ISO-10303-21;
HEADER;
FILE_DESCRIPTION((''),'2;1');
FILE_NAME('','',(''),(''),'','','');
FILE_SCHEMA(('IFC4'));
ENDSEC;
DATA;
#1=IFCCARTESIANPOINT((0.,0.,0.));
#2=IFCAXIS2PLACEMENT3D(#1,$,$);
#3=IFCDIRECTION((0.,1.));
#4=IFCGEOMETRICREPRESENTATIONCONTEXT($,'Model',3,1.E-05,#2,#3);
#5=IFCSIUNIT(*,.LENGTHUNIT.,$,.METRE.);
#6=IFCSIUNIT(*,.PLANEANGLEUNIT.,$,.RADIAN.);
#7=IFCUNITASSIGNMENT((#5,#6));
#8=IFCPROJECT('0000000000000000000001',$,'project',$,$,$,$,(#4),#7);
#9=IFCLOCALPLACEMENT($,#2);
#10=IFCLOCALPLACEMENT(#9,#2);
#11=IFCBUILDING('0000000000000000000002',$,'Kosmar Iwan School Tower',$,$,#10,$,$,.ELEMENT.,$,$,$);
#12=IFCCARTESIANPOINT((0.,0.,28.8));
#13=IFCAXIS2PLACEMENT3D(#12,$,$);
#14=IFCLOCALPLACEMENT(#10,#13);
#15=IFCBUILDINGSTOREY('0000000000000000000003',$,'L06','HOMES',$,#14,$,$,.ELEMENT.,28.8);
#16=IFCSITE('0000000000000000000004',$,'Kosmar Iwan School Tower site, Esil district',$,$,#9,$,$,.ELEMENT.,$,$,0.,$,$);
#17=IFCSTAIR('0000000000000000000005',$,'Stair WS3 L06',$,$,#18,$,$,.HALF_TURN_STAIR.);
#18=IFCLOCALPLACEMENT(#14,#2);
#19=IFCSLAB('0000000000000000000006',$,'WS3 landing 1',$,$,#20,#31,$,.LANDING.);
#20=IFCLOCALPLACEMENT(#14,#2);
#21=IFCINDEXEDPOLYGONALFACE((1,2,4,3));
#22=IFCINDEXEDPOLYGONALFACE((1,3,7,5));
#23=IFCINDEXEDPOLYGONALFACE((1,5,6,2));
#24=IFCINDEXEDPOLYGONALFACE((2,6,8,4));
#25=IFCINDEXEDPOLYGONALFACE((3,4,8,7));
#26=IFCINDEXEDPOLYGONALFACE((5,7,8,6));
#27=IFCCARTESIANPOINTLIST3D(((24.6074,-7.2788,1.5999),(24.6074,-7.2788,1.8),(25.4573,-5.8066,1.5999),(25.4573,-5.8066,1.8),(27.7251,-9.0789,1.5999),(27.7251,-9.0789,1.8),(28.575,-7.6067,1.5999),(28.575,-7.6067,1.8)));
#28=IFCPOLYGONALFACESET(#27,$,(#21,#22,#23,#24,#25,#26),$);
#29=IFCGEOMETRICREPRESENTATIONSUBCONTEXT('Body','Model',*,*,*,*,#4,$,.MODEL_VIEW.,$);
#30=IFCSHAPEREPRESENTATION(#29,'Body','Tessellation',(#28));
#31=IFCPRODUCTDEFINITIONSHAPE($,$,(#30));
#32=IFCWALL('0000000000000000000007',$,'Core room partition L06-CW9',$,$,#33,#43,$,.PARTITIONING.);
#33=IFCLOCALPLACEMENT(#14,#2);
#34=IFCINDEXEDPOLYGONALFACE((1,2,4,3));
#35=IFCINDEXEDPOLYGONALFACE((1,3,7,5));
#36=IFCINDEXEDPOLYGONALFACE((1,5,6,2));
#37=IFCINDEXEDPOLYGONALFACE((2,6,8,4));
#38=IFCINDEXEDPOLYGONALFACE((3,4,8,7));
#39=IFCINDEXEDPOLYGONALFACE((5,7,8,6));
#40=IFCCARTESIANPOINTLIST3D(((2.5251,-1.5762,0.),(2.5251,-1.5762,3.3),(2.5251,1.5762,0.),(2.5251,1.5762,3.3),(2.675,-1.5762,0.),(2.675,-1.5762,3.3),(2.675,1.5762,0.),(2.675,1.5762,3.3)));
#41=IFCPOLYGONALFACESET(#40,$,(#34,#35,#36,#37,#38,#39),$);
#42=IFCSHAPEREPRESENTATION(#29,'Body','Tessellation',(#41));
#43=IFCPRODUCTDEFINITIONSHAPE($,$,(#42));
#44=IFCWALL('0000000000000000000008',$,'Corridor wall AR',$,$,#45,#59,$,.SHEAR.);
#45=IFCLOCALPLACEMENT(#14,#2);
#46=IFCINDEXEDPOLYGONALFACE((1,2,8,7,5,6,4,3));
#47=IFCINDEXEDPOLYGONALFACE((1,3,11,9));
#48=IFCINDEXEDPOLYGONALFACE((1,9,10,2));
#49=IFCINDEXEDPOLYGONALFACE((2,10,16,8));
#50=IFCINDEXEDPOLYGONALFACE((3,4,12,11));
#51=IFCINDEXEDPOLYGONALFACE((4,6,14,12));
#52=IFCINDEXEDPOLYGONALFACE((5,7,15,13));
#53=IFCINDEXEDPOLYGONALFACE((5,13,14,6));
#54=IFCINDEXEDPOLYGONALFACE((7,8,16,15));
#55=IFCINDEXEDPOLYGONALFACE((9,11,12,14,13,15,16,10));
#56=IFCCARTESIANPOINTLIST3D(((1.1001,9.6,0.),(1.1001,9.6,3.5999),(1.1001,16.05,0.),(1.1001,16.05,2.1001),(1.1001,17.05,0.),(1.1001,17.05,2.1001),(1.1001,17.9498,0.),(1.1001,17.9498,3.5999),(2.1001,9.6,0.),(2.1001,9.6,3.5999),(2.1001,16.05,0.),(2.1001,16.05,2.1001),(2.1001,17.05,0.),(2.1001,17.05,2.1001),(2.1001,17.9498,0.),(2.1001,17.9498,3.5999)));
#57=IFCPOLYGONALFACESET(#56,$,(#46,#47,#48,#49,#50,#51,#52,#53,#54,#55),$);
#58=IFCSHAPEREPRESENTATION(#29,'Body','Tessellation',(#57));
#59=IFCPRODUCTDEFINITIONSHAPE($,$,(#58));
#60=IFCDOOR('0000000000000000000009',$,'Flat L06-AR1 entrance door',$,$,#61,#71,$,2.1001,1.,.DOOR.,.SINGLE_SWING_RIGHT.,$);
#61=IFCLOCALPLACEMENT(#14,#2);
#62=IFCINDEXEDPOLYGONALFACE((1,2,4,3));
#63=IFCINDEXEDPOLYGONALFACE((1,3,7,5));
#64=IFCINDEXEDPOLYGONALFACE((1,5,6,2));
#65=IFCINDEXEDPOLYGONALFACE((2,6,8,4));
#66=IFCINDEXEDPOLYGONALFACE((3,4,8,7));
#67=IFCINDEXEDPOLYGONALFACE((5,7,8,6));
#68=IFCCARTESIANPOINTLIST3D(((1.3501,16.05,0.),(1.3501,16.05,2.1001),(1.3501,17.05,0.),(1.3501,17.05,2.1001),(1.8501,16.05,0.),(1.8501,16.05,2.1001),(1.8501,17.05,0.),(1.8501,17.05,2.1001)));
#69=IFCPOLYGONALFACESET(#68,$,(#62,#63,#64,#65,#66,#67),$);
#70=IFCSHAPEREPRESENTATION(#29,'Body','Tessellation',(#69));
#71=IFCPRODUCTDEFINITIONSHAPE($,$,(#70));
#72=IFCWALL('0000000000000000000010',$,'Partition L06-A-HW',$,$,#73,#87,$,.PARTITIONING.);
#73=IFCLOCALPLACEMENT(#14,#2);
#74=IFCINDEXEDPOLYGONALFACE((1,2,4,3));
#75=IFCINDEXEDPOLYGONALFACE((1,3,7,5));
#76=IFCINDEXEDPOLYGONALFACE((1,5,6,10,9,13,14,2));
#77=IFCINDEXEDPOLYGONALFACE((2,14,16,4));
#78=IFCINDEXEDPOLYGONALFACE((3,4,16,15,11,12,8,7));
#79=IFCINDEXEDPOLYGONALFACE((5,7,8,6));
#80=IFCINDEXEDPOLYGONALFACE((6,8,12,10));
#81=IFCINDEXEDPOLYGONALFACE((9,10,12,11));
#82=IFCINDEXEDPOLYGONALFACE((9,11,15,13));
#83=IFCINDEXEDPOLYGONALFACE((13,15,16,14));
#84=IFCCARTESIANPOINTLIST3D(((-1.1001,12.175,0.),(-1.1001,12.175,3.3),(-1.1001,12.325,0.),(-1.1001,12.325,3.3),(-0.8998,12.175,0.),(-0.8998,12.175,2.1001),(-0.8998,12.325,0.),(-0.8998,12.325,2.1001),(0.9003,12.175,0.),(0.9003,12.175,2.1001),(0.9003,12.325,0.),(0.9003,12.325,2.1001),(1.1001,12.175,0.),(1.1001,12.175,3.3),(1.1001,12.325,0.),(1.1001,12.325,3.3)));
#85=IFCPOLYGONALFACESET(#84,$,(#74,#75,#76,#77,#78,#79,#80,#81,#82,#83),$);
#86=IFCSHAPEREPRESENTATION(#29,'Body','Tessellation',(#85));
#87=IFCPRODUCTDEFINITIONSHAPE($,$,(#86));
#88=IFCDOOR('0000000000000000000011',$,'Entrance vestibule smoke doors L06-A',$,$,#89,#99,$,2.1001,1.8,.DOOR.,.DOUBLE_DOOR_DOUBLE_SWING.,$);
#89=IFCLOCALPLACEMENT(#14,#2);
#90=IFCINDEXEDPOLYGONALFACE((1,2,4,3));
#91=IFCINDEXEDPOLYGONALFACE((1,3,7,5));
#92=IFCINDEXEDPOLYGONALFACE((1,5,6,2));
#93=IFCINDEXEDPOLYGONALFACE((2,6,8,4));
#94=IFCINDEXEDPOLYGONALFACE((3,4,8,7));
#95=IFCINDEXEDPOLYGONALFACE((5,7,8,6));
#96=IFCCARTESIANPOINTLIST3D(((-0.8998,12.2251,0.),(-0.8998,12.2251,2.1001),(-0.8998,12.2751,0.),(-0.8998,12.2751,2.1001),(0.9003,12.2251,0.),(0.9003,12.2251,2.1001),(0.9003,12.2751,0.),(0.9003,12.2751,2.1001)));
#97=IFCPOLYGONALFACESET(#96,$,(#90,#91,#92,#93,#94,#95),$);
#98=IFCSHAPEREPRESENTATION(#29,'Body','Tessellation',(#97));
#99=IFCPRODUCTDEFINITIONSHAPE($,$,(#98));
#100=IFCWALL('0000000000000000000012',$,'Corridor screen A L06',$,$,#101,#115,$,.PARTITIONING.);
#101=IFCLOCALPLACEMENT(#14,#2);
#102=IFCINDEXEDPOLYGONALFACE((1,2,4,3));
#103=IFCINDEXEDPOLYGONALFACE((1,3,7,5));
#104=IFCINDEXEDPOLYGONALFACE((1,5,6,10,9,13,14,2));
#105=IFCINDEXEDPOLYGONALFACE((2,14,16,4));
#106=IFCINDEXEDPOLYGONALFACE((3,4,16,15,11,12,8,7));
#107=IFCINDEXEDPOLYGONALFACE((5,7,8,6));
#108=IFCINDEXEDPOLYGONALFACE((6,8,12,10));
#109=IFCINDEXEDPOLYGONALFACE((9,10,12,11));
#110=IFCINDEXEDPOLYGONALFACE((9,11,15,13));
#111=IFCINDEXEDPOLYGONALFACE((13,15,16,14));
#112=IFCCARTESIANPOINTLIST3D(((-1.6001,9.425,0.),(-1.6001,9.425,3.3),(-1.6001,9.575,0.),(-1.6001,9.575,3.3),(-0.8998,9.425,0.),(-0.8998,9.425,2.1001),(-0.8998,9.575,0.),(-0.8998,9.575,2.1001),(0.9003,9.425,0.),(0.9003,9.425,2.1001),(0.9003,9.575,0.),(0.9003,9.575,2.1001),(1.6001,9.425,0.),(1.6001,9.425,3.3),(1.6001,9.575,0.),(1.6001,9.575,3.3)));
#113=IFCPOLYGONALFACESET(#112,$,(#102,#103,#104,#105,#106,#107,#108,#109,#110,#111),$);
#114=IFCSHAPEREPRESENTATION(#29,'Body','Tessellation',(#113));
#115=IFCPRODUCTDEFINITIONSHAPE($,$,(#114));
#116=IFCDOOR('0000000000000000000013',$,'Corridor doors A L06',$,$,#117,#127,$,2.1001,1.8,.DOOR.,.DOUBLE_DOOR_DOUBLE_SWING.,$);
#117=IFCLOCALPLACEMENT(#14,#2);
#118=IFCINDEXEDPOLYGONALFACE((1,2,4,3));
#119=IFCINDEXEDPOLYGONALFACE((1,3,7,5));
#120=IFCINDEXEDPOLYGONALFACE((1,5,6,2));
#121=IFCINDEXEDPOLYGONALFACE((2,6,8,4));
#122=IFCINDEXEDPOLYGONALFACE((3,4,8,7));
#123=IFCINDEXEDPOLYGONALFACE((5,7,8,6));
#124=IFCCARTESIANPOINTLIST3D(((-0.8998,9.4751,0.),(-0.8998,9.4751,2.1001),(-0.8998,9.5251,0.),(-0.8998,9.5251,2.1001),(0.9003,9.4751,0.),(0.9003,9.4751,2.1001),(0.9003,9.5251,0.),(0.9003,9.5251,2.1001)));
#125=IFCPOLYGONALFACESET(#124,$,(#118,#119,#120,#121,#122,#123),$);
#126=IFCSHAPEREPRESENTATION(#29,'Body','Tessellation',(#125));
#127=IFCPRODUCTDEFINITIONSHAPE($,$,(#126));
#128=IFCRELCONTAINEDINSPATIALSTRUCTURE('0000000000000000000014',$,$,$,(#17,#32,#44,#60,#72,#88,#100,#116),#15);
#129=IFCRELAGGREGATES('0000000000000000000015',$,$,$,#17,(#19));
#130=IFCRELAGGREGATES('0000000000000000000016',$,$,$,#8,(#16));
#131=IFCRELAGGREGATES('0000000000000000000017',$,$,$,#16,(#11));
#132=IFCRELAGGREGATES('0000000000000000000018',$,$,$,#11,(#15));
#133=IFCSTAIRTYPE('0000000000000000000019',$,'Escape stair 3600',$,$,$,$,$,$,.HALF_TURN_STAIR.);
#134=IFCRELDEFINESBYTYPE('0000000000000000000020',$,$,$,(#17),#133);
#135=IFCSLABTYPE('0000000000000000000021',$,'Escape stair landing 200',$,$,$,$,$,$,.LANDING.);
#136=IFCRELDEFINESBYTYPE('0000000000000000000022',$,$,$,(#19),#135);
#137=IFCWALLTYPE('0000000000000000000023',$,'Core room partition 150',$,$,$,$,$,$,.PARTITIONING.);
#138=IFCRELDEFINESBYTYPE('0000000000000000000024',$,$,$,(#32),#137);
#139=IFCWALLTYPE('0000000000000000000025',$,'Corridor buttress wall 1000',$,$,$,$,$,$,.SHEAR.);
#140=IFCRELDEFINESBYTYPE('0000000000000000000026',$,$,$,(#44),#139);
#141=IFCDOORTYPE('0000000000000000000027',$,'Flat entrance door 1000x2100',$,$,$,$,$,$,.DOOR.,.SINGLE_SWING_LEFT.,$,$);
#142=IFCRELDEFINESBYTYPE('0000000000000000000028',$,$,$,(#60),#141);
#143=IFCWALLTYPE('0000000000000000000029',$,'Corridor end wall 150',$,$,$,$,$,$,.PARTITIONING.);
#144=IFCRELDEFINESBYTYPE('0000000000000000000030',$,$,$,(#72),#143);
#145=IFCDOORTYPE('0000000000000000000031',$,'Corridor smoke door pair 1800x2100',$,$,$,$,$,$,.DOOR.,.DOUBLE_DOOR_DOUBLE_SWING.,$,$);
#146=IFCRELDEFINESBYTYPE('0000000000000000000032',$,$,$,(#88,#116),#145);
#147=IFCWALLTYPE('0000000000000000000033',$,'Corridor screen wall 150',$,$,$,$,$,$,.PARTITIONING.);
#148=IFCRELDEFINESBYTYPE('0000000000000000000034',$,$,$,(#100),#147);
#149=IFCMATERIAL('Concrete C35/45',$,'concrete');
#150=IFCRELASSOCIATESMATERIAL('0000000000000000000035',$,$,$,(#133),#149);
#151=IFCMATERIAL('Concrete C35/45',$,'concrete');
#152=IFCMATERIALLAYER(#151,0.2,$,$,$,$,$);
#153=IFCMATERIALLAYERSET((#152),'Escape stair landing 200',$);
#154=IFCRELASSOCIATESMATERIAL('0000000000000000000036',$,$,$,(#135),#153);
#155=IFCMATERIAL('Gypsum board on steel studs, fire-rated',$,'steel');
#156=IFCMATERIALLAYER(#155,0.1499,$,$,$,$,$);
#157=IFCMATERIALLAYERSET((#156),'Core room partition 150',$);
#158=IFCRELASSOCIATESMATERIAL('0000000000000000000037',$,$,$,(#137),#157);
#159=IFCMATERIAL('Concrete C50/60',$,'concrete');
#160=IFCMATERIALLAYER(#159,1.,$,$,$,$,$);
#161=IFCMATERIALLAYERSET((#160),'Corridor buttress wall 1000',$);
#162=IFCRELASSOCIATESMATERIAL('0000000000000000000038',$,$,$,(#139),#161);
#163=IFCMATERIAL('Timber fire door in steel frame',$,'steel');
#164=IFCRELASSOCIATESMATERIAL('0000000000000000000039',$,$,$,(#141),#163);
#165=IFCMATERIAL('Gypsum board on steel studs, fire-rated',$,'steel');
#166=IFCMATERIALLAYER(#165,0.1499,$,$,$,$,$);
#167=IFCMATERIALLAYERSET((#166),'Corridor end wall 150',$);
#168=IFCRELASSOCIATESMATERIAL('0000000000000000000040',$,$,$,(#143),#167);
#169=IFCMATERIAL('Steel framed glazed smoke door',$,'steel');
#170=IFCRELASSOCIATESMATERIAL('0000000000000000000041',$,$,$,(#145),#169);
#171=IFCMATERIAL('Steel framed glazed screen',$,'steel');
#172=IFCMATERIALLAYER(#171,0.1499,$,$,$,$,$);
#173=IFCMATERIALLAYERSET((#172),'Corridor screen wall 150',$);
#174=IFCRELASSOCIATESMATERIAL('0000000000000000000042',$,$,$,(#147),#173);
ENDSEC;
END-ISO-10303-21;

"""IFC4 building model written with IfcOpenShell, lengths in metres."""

from ifc_helpers import new_model, si_unit, direction, frame, frame_2d, origin, place, context, subcontext, project, spatial, polyline, rectangle, outline, extrude, material, layer, layer_set, type_object, element, fill, aggregate, save


model = new_model("IFC4")

# Units and contexts
model_context = context("Model", 3, precision=1e-05, world=origin(), true_north=direction((0.0, 1.0)))
body_context = subcontext(model_context, "Body", "Model", "MODEL_VIEW")
ifc_project = project(units=[si_unit("LENGTHUNIT", "METRE"), si_unit("PLANEANGLEUNIT", "RADIAN")], contexts=[model_context])

# Site, building, storey
site_placement = place(None, origin())
site = spatial("IfcSite", under=ifc_project, at=site_placement, Name="Kosmar Iwan School Tower site, Esil district", CompositionType="ELEMENT", RefElevation=0.0)
building_placement = place(site_placement, origin())
building = spatial("IfcBuilding", under=site, at=building_placement, Name="Kosmar Iwan School Tower", CompositionType="ELEMENT")
storey_placement = place(building_placement, frame((0.0, 0.0, 28.8)))
storey = spatial("IfcBuildingStorey", under=building, at=storey_placement, Name="L06", Description="HOMES", CompositionType="ELEMENT", Elevation=28.8)

# Stair, slab
ifc_material_1 = material(Name="Concrete C35/45", Category="concrete")
stair_type_1 = type_object("IfcStairType", Name="Escape stair 3600", PredefinedType="HALF_TURN_STAIR", material=ifc_material_1)
stair_1_placement = place(storey_placement, origin())
stair_1 = element("IfcStair", 1, at=stair_1_placement, inside=storey, type_object=stair_type_1, Name="Stair WS3 L06", PredefinedType="HALF_TURN_STAIR")
ifc_material_2 = material(Name="Concrete C35/45", Category="concrete")
ifc_layer_1 = layer(ifc_material_2, 0.2)
ifc_layer_set_1 = layer_set([ifc_layer_1], Name="Escape stair landing 200")
slab_type = type_object("IfcSlabType", Name="Escape stair landing 200", PredefinedType="LANDING", material=ifc_layer_set_1)
slab_placement = place(storey_placement, frame((0.0, 0.0, 1.5999)))
slab = element("IfcSlab", 2, at=slab_placement, type_object=slab_type, Name="WS3 landing 1", PredefinedType="LANDING", context=body_context, shape_type="SweptSolid", body=[
    extrude(outline(polyline([(24.6074, -7.2788), (27.7251, -9.0789), (28.575, -7.6067), (25.4573, -5.8066), (24.6074, -7.2788)])), origin(), (0.0, 0.0, 1.0), 0.2002),
])
aggregate(stair_1, [slab])

# Wall
ifc_material_3 = material(Name="Gypsum board on steel studs, fire-rated", Category="steel")
ifc_layer_2 = layer(ifc_material_3, 0.1499)
ifc_layer_set_2 = layer_set([ifc_layer_2], Name="Core room partition 150")
wall_type_1 = type_object("IfcWallType", Name="Core room partition 150", PredefinedType="PARTITIONING", material=ifc_layer_set_2)
wall_1_placement = place(storey_placement, frame((2.6001, 1.5762, 0.0), z_axis=(0.0, 0.0, 1.0), x_axis=(0.0, -1.0, 0.0)))
element("IfcWall", 3, at=wall_1_placement, inside=storey, type_object=wall_type_1, Name="Core room partition L06-CW9", PredefinedType="PARTITIONING", context=body_context, shape_type="SweptSolid", body=[
    extrude(rectangle(XDim=3.1523, YDim=0.1499, at=frame_2d((1.5762, 0.0))), origin(), (0.0, 0.0, 1.0), 3.3),
])

# Walls, openings, doors
ifc_material_4 = material(Name="Concrete C50/60", Category="concrete")
ifc_layer_3 = layer(ifc_material_4, 1.0)
ifc_layer_set_3 = layer_set([ifc_layer_3], Name="Corridor buttress wall 1000")
wall_type_2 = type_object("IfcWallType", Name="Corridor buttress wall 1000", PredefinedType="SHEAR", material=ifc_layer_set_3)
wall_2_placement = place(storey_placement, frame((1.6001, 9.6001, 0.0), z_axis=(0.0, 0.0, 1.0), x_axis=(0.0, 1.0, 0.0)))
wall_2 = element("IfcWall", 4, at=wall_2_placement, inside=storey, type_object=wall_type_2, Name="Corridor wall AR", PredefinedType="SHEAR", context=body_context, shape_type="SweptSolid", body=[
    extrude(rectangle(XDim=8.3499, YDim=1.0, at=frame_2d((4.1748, 0.0))), origin(), (0.0, 0.0, 1.0), 3.5999),
])
opening_1_placement = place(wall_2_placement, frame((6.45, 0.0, 0.0)))
opening_1 = element("IfcOpeningElement", 5, at=opening_1_placement, cuts=wall_2, PredefinedType="OPENING", context=body_context, shape_type="SweptSolid", body=[
    extrude(rectangle(XDim=1.0, YDim=2.1001, at=frame_2d((0.5, 1.05))), frame((0.0, 0.512, 0.0), z_axis=(0.0, -1.0, 0.0), x_axis=(1.0, 0.0, 0.0)), (0.0, 0.0, 1.0), 1.0239),
])
ifc_material_5 = material(Name="Timber fire door in steel frame", Category="steel")
door_type_1 = type_object("IfcDoorType", Name="Flat entrance door 1000x2100", OperationType="SINGLE_SWING_LEFT", PredefinedType="DOOR", material=ifc_material_5)
door_1_placement = place(opening_1_placement, origin())
door_1 = element("IfcDoor", 6, at=door_1_placement, inside=storey, type_object=door_type_1, Name="Flat L06-AR1 entrance door", OperationType="SINGLE_SWING_RIGHT", OverallHeight=2.1001, OverallWidth=1.0, PredefinedType="DOOR", context=body_context, shape_type="SweptSolid", body=[
    extrude(rectangle(XDim=1.0, YDim=2.1001, at=frame_2d((0.5, 1.05))), frame((0.0, 0.25, 0.0), z_axis=(0.0, -1.0, 0.0), x_axis=(1.0, 0.0, 0.0)), (0.0, 0.0, 1.0), 0.5),
])
fill(opening_1, door_1)
ifc_material_6 = material(Name="Gypsum board on steel studs, fire-rated", Category="steel")
ifc_layer_4 = layer(ifc_material_6, 0.1499)
ifc_layer_set_4 = layer_set([ifc_layer_4], Name="Corridor end wall 150")
wall_type_3 = type_object("IfcWallType", Name="Corridor end wall 150", PredefinedType="PARTITIONING", material=ifc_layer_set_4)
wall_3_placement = place(storey_placement, frame((1.1001, 12.25, 0.0), z_axis=(0.0, 0.0, 1.0), x_axis=(-1.0, 0.0, 0.0)))
wall_3 = element("IfcWall", 7, at=wall_3_placement, inside=storey, type_object=wall_type_3, Name="Partition L06-A-HW", PredefinedType="PARTITIONING", context=body_context, shape_type="SweptSolid", body=[
    extrude(rectangle(XDim=2.2002, YDim=0.1499, at=frame_2d((1.1001, 0.0))), origin(), (0.0, 0.0, 1.0), 3.3),
])
opening_2_placement = place(wall_3_placement, frame((0.2, 0.0, 0.0)))
opening_2 = element("IfcOpeningElement", 8, at=opening_2_placement, cuts=wall_3, PredefinedType="OPENING", context=body_context, shape_type="SweptSolid", body=[
    extrude(rectangle(XDim=1.8, YDim=2.1001, at=frame_2d((0.8999, 1.05))), frame((0.0, 0.0869, 0.0), z_axis=(0.0, -1.0, 0.0), x_axis=(1.0, 0.0, 0.0)), (0.0, 0.0, 1.0), 0.1738),
])
ifc_material_7 = material(Name="Steel framed glazed smoke door", Category="steel")
door_type_2 = type_object("IfcDoorType", Name="Corridor smoke door pair 1800x2100", OperationType="DOUBLE_DOOR_DOUBLE_SWING", PredefinedType="DOOR", material=ifc_material_7)
door_2_placement = place(opening_2_placement, origin())
door_2 = element("IfcDoor", 9, at=door_2_placement, inside=storey, type_object=door_type_2, Name="Entrance vestibule smoke doors L06-A", OperationType="DOUBLE_DOOR_DOUBLE_SWING", OverallHeight=2.1001, OverallWidth=1.8, PredefinedType="DOOR", context=body_context, shape_type="SweptSolid", body=[
    extrude(rectangle(XDim=1.8, YDim=2.1001, at=frame_2d((0.8999, 1.05))), frame((0.0, 0.0249, 0.0), z_axis=(0.0, -1.0, 0.0), x_axis=(1.0, 0.0, 0.0)), (0.0, 0.0, 1.0), 0.05),
])
fill(opening_2, door_2)
ifc_material_8 = material(Name="Steel framed glazed screen", Category="steel")
ifc_layer_5 = layer(ifc_material_8, 0.1499)
ifc_layer_set_5 = layer_set([ifc_layer_5], Name="Corridor screen wall 150")
wall_type_4 = type_object("IfcWallType", Name="Corridor screen wall 150", PredefinedType="PARTITIONING", material=ifc_layer_set_5)
wall_4_placement = place(storey_placement, frame((1.6001, 9.5, 0.0), z_axis=(0.0, 0.0, 1.0), x_axis=(-1.0, 0.0, 0.0)))
wall_4 = element("IfcWall", 10, at=wall_4_placement, inside=storey, type_object=wall_type_4, Name="Corridor screen A L06", PredefinedType="PARTITIONING", context=body_context, shape_type="SweptSolid", body=[
    extrude(rectangle(XDim=3.2002, YDim=0.1499, at=frame_2d((1.6001, 0.0))), origin(), (0.0, 0.0, 1.0), 3.3),
])
opening_3_placement = place(wall_4_placement, frame((0.7, 0.0, 0.0)))
opening_3 = element("IfcOpeningElement", 11, at=opening_3_placement, cuts=wall_4, PredefinedType="OPENING", context=body_context, shape_type="SweptSolid", body=[
    extrude(rectangle(XDim=1.8, YDim=2.1001, at=frame_2d((0.8999, 1.05))), frame((0.0, 0.0869, 0.0), z_axis=(0.0, -1.0, 0.0), x_axis=(1.0, 0.0, 0.0)), (0.0, 0.0, 1.0), 0.1738),
])
door_3_placement = place(opening_3_placement, origin())
door_3 = element("IfcDoor", 12, at=door_3_placement, inside=storey, type_object=door_type_2, Name="Corridor doors A L06", OperationType="DOUBLE_DOOR_DOUBLE_SWING", OverallHeight=2.1001, OverallWidth=1.8, PredefinedType="DOOR", context=body_context, shape_type="SweptSolid", body=[
    extrude(rectangle(XDim=1.8, YDim=2.1001, at=frame_2d((0.8999, 1.05))), frame((0.0, 0.0249, 0.0), z_axis=(0.0, -1.0, 0.0), x_axis=(1.0, 0.0, 0.0)), (0.0, 0.0, 1.0), 0.05),
])
fill(opening_3, door_3)

save(model, "model.ifc")
